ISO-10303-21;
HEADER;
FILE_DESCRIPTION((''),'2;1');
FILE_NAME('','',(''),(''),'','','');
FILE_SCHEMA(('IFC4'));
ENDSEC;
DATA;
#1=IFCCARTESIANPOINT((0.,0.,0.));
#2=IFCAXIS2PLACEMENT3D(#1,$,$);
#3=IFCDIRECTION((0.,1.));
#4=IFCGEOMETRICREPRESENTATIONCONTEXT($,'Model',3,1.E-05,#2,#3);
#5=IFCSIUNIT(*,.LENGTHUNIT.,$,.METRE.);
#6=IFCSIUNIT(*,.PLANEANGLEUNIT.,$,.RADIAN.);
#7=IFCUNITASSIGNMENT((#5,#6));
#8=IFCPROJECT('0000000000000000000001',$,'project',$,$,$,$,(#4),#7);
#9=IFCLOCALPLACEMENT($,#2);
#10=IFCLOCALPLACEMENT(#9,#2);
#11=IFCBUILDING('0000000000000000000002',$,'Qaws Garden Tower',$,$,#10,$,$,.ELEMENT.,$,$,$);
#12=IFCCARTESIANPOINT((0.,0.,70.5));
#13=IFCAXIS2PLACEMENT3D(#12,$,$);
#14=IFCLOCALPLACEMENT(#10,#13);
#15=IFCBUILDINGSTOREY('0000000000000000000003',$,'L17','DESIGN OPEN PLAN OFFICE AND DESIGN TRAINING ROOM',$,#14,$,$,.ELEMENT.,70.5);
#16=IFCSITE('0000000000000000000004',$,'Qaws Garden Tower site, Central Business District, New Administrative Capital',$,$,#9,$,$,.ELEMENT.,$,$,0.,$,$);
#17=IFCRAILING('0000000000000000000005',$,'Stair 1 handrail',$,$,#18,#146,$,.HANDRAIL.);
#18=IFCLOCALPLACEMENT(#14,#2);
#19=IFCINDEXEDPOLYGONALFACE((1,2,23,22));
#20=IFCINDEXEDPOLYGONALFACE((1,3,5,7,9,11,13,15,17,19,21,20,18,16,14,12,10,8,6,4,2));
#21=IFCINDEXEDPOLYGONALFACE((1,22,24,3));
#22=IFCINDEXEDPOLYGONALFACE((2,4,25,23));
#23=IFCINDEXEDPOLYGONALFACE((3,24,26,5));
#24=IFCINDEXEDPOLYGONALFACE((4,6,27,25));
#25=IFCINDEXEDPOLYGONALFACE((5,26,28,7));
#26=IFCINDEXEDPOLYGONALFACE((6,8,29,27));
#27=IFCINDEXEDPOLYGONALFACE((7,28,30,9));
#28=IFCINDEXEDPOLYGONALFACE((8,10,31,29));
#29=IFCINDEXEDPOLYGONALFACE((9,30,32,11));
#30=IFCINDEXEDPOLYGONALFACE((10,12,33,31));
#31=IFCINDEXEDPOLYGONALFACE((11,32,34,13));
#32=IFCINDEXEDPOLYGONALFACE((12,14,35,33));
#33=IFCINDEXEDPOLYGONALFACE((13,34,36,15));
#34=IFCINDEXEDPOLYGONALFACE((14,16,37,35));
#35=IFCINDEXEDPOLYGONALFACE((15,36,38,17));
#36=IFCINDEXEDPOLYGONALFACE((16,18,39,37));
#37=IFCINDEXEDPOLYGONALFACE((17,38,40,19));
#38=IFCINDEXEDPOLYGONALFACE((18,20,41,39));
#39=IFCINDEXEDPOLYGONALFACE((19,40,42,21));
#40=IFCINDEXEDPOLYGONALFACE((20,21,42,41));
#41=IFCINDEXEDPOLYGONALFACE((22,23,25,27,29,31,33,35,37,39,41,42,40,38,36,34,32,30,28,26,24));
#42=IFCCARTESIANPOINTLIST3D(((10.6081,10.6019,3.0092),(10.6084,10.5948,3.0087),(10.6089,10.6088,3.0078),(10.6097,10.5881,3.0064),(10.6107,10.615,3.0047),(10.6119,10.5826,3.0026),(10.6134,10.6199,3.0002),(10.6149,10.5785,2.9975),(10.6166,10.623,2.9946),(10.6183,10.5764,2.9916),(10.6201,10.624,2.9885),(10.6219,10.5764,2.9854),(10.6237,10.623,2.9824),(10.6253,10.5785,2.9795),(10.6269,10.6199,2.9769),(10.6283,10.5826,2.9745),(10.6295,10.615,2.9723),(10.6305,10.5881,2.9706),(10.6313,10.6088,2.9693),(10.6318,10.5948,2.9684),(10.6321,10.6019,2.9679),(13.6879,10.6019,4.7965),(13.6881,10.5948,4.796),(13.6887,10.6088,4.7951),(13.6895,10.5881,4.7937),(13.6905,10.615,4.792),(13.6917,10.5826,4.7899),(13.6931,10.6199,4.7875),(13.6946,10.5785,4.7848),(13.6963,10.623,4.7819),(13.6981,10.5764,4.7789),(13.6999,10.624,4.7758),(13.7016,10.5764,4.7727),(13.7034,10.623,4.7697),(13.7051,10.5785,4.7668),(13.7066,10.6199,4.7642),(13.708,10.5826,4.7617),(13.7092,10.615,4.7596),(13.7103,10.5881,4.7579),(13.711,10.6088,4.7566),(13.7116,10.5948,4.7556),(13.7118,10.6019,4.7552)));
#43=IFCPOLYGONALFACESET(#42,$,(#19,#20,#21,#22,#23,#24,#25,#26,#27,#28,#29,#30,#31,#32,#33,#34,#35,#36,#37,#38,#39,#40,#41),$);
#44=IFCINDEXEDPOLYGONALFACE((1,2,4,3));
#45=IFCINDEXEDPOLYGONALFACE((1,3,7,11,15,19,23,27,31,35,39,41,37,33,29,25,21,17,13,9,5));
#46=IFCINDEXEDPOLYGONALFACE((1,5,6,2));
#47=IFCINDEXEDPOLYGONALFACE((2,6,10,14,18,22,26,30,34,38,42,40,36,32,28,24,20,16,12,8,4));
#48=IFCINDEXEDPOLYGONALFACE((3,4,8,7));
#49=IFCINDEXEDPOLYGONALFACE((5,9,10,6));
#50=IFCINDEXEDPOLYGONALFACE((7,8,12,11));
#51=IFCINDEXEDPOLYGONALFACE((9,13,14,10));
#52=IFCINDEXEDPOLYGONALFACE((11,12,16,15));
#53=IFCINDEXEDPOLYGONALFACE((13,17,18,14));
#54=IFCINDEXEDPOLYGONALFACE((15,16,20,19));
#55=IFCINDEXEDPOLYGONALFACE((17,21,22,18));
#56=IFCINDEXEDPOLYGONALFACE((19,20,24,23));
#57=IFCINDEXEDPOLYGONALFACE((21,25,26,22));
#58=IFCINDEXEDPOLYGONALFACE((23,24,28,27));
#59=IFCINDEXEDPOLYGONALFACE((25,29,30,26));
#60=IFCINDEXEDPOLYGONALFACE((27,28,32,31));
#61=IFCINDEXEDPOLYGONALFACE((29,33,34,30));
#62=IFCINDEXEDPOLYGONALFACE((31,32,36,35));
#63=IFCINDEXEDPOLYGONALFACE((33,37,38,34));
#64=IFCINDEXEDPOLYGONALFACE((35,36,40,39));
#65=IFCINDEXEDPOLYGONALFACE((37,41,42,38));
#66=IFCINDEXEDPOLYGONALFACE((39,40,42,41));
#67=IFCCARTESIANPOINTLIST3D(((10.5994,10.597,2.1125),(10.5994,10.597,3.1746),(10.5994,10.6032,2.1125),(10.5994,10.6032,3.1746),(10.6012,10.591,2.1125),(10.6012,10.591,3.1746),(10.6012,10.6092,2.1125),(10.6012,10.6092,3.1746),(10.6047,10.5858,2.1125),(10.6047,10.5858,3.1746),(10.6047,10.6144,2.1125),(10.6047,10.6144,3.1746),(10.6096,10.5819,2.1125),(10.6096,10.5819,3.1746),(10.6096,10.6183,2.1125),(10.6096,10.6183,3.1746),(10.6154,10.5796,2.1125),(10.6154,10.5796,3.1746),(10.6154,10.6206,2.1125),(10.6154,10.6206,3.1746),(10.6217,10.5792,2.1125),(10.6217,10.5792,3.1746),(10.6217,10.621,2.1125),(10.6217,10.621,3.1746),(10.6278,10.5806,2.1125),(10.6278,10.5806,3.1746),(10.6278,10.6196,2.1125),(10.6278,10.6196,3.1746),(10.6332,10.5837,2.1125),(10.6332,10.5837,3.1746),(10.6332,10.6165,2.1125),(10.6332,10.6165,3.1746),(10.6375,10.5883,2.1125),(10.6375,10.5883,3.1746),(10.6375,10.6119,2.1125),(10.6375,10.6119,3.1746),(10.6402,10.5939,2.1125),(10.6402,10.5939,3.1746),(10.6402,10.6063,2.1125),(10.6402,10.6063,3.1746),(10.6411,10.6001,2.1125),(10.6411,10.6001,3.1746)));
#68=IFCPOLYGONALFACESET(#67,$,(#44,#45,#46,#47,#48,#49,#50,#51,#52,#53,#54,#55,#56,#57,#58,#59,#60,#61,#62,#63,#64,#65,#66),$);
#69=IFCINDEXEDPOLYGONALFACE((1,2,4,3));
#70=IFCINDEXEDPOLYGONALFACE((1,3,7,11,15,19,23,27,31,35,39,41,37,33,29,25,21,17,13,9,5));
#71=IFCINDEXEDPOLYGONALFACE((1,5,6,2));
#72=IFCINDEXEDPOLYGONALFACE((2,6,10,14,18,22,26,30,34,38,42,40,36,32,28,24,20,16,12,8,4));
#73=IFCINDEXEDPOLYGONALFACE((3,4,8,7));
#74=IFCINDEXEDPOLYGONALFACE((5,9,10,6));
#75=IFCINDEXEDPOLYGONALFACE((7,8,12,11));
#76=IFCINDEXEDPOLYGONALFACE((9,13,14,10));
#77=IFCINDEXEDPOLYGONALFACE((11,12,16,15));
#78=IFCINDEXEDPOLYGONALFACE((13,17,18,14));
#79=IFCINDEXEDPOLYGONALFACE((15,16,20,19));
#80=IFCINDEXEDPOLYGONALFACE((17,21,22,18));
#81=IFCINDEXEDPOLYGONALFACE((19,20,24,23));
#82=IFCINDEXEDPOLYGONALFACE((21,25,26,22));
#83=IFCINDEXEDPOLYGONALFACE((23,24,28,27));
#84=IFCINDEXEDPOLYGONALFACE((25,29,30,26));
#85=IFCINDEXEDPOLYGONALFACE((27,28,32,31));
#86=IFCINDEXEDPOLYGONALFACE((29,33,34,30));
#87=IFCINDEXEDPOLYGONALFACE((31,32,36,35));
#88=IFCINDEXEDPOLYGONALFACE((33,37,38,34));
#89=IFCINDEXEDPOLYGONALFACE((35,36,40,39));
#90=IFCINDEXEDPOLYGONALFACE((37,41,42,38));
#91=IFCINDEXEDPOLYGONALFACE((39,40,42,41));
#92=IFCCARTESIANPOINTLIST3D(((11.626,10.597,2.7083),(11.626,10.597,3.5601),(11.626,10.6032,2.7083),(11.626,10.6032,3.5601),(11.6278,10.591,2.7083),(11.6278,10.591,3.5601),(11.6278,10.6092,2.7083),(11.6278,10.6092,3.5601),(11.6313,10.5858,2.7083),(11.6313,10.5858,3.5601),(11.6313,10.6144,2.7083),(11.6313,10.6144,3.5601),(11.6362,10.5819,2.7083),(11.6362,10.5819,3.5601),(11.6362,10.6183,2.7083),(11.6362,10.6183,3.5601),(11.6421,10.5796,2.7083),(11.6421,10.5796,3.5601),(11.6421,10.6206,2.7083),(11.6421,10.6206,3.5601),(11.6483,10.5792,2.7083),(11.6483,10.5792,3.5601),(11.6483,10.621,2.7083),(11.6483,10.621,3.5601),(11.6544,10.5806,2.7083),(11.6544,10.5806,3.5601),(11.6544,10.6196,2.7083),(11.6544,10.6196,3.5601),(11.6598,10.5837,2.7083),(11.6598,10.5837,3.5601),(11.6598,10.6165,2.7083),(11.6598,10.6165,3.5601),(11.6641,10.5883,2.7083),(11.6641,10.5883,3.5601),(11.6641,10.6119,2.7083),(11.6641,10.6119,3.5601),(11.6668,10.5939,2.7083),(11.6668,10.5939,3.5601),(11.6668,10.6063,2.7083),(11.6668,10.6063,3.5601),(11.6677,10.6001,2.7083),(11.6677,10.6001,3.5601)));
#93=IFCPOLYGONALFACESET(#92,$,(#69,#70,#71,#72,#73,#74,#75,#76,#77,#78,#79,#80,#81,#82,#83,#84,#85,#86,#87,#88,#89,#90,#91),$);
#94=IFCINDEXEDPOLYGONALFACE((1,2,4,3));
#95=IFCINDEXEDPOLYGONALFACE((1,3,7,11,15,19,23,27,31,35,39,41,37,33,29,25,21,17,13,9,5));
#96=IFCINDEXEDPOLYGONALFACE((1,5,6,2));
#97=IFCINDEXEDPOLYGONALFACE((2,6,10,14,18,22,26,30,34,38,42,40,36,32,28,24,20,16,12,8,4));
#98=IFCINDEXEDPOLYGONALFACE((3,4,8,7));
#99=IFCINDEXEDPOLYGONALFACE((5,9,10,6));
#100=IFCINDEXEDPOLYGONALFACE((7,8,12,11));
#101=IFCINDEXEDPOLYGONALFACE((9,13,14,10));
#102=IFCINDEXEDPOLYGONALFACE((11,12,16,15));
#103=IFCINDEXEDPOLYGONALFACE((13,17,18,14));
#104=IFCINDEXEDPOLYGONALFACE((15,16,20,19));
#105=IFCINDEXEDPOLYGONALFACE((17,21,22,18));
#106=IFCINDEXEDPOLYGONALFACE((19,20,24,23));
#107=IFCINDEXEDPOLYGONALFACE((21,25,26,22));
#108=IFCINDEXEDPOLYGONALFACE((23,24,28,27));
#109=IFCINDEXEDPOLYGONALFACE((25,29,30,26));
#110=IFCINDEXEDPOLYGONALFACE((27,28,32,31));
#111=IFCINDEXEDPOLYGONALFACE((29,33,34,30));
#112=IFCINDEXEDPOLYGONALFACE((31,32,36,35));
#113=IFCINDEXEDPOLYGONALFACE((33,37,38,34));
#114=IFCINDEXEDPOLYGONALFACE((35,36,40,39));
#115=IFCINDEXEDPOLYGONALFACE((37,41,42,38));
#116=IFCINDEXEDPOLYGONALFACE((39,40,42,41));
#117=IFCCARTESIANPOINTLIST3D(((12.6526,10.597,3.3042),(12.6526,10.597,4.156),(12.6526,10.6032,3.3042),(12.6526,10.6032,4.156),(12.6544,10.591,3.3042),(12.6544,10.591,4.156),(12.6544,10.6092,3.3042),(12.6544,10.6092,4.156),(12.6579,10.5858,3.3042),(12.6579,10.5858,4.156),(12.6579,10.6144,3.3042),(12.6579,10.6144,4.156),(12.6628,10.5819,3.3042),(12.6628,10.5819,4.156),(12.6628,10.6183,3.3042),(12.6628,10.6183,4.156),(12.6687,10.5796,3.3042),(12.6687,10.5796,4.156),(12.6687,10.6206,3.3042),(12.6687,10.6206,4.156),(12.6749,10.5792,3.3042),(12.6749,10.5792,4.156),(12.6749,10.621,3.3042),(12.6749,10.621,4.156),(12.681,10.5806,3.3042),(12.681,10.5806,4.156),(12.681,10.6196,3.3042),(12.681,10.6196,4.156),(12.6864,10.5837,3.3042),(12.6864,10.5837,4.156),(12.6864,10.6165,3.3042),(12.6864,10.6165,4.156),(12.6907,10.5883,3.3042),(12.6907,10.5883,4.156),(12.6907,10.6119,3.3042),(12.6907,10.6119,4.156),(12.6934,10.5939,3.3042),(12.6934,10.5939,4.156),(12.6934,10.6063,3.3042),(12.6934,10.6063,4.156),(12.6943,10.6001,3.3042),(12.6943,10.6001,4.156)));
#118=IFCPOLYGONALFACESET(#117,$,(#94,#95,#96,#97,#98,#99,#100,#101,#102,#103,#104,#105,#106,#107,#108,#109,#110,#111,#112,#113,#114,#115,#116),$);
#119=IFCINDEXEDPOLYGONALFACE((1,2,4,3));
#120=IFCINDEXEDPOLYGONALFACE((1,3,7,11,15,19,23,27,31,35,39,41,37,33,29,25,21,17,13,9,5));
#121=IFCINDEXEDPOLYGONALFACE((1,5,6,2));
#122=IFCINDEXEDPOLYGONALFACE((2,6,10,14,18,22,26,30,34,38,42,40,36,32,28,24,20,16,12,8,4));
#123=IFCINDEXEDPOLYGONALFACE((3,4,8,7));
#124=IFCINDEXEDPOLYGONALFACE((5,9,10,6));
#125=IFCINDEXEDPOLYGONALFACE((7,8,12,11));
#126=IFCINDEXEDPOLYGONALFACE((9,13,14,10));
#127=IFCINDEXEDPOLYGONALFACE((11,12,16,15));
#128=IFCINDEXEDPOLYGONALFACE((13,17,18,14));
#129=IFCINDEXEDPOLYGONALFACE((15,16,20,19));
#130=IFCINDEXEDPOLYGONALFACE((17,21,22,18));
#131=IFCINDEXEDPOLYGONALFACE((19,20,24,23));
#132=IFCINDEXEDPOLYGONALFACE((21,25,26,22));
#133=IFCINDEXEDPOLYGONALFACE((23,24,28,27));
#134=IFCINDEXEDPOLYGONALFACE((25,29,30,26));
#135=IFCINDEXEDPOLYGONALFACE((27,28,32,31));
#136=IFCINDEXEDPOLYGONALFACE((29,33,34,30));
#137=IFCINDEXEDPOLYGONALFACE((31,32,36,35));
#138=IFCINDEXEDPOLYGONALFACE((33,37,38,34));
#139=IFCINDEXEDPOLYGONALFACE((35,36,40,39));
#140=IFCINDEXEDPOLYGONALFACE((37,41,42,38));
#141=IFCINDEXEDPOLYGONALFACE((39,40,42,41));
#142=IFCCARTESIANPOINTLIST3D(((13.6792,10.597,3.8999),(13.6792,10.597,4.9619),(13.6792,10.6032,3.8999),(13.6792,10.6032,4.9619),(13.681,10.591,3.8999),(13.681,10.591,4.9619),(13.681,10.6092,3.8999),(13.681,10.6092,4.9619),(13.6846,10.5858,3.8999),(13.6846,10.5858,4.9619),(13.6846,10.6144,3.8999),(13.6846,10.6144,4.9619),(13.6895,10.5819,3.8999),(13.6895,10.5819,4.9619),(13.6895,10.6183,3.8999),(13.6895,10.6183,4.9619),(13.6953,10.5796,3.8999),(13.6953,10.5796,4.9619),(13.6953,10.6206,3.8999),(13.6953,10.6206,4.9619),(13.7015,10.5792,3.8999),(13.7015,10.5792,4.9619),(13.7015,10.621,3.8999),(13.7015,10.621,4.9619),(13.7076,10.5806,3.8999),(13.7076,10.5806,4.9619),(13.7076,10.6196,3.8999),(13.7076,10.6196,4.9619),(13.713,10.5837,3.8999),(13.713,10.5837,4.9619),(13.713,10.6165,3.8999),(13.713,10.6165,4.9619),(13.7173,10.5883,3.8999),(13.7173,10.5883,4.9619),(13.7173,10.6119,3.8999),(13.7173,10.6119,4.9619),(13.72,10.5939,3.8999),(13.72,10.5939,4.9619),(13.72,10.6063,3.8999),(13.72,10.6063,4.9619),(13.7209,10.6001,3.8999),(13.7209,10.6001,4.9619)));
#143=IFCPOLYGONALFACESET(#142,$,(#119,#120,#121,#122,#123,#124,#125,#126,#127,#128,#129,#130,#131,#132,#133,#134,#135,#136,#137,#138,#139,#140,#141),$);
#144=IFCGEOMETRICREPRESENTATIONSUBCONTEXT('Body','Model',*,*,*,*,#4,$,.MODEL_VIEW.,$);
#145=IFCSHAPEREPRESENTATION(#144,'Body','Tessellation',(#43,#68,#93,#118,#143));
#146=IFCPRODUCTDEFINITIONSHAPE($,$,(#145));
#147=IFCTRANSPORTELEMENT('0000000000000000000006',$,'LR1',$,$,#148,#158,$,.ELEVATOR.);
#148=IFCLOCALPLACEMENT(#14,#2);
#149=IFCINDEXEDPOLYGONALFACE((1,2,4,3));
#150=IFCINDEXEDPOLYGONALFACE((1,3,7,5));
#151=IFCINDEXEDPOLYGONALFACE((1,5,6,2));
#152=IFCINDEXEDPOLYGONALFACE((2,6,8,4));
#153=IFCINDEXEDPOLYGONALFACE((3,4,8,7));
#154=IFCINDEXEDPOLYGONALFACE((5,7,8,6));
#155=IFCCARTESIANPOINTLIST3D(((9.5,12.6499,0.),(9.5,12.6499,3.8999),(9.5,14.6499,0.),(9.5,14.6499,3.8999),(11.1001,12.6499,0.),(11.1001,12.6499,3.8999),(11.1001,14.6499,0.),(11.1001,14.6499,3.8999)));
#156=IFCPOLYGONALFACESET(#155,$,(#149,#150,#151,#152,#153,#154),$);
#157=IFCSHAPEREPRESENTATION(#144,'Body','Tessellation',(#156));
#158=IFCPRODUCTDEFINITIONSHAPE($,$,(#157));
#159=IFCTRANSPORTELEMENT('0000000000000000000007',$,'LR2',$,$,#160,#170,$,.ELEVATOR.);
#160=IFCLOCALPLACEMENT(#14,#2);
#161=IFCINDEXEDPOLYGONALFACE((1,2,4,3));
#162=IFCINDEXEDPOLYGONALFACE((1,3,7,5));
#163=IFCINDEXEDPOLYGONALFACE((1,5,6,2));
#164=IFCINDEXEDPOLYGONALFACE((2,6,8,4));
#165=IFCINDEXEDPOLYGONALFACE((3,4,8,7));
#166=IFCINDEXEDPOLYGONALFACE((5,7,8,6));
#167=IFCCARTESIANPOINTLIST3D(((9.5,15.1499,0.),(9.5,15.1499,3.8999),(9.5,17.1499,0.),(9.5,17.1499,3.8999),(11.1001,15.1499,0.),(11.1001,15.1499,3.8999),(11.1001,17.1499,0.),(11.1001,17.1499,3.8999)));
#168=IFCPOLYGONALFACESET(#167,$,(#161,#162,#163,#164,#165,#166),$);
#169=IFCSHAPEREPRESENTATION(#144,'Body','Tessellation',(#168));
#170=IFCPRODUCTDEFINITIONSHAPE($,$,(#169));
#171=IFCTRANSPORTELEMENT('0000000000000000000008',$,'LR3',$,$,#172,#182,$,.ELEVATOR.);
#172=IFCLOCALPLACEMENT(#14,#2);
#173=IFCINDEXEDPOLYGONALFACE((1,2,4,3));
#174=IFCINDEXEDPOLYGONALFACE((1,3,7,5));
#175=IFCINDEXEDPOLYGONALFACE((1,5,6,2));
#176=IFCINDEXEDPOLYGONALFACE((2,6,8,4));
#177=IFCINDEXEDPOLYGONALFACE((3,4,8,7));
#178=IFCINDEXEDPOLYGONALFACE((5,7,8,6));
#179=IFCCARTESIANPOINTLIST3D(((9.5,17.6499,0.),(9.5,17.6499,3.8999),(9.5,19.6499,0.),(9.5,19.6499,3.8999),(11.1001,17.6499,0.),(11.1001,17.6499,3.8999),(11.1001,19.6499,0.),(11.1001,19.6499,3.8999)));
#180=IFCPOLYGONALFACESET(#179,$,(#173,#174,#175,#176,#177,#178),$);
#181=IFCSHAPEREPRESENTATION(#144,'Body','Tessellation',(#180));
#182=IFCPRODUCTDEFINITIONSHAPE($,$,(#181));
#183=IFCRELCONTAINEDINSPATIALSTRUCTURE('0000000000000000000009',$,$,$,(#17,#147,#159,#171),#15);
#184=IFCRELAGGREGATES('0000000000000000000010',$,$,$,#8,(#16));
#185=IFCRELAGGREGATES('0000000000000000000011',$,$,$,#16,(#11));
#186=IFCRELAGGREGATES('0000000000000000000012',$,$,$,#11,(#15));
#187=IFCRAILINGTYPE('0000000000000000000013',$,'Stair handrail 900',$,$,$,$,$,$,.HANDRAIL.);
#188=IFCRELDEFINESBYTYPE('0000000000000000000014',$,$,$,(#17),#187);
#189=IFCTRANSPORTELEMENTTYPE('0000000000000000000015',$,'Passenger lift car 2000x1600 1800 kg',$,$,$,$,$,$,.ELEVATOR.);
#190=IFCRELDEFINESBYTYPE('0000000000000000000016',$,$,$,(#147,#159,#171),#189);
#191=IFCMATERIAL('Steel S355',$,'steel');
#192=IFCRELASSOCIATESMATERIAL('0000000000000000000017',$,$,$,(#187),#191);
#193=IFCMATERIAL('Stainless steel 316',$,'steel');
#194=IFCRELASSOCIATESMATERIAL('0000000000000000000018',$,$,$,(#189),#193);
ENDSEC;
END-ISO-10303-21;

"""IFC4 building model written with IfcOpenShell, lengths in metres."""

from ifc_helpers import new_model, si_unit, direction, frame, origin, origin_2d, place, context, subcontext, project, spatial, rectangle, circle, extrude, material, type_object, element, save


model = new_model("IFC4")

# Units and contexts
model_context = context("Model", 3, precision=1e-05, world=origin(), true_north=direction((0.0, 1.0)))
body_context = subcontext(model_context, "Body", "Model", "MODEL_VIEW")
ifc_project = project(units=[si_unit("LENGTHUNIT", "METRE"), si_unit("PLANEANGLEUNIT", "RADIAN")], contexts=[model_context])

# Site, building, storey
site_placement = place(None, origin())
site = spatial("IfcSite", under=ifc_project, at=site_placement, Name="Qaws Garden Tower site, Central Business District, New Administrative Capital", CompositionType="ELEMENT", RefElevation=0.0)
building_placement = place(site_placement, origin())
building = spatial("IfcBuilding", under=site, at=building_placement, Name="Qaws Garden Tower", CompositionType="ELEMENT")
storey_placement = place(building_placement, frame((0.0, 0.0, 70.5)))
storey = spatial("IfcBuildingStorey", under=building, at=storey_placement, Name="L17", Description="DESIGN OPEN PLAN OFFICE AND DESIGN TRAINING ROOM", CompositionType="ELEMENT", Elevation=70.5)

# Railing
ifc_material_1 = material(Name="Steel S355", Category="steel")
railing_type = type_object("IfcRailingType", Name="Stair handrail 900", PredefinedType="HANDRAIL", material=ifc_material_1)
railing_1_placement = place(storey_placement, frame((10.6201, 10.6001, 2.1125)))
element("IfcRailing", 1, at=railing_1_placement, inside=storey, type_object=railing_type, Name="Stair 1 handrail", PredefinedType="HANDRAIL", context=body_context, shape_type="SweptSolid", body=[
    extrude(circle(Radius=0.0239, at=origin_2d()), frame((0.0, 0.0, 0.876), z_axis=(0.864903, 0.0, 0.501939), x_axis=(0.0, 1.0, 0.0)), (0.0, 0.0, 1.0), 3.5608),
    extrude(circle(Radius=0.021, at=origin_2d()), origin(), (0.0, 0.0, 1.0), 1.062),
    extrude(circle(Radius=0.021, at=origin_2d()), frame((1.0266, 0.0, 0.5957)), (0.0, 0.0, 1.0), 0.8518),
    extrude(circle(Radius=0.021, at=origin_2d()), frame((2.0532, 0.0, 1.1917)), (0.0, 0.0, 1.0), 0.8518),
    extrude(circle(Radius=0.021, at=origin_2d()), frame((3.0798, 0.0, 1.7874)), (0.0, 0.0, 1.0), 1.062),
])

# Transport elements
ifc_material_2 = material(Name="Stainless steel 316", Category="steel")
transport_element_type = type_object("IfcTransportElementType", Name="Passenger lift car 2000x1600 1800 kg", PredefinedType="ELEVATOR", material=ifc_material_2)
for number, where, z_axis, x_axis, name in (
    (2, (10.3, 13.6499, 0.0), (0.0, 0.0, 1.0), (1.0, 0.0, 0.0), "LR1"),
    (3, (10.3, 16.1499, 0.0), (0.0, 0.0, 1.0), (1.0, 0.0, 0.0), "LR2"),
    (4, (10.3, 18.6499, 0.0), (0.0, 0.0, 1.0), (1.0, 0.0, 0.0), "LR3"),
):
    element("IfcTransportElement", number, at=place(storey_placement, frame(where, z_axis=z_axis, x_axis=x_axis)), inside=storey, type_object=transport_element_type, Name=name, PredefinedType="ELEVATOR", context=body_context, shape_type="SweptSolid", body=[
        extrude(rectangle(XDim=1.6001, YDim=2.0, at=origin_2d()), origin(), (0.0, 0.0, 1.0), 3.8999),
    ])

save(model, "model.ifc")
